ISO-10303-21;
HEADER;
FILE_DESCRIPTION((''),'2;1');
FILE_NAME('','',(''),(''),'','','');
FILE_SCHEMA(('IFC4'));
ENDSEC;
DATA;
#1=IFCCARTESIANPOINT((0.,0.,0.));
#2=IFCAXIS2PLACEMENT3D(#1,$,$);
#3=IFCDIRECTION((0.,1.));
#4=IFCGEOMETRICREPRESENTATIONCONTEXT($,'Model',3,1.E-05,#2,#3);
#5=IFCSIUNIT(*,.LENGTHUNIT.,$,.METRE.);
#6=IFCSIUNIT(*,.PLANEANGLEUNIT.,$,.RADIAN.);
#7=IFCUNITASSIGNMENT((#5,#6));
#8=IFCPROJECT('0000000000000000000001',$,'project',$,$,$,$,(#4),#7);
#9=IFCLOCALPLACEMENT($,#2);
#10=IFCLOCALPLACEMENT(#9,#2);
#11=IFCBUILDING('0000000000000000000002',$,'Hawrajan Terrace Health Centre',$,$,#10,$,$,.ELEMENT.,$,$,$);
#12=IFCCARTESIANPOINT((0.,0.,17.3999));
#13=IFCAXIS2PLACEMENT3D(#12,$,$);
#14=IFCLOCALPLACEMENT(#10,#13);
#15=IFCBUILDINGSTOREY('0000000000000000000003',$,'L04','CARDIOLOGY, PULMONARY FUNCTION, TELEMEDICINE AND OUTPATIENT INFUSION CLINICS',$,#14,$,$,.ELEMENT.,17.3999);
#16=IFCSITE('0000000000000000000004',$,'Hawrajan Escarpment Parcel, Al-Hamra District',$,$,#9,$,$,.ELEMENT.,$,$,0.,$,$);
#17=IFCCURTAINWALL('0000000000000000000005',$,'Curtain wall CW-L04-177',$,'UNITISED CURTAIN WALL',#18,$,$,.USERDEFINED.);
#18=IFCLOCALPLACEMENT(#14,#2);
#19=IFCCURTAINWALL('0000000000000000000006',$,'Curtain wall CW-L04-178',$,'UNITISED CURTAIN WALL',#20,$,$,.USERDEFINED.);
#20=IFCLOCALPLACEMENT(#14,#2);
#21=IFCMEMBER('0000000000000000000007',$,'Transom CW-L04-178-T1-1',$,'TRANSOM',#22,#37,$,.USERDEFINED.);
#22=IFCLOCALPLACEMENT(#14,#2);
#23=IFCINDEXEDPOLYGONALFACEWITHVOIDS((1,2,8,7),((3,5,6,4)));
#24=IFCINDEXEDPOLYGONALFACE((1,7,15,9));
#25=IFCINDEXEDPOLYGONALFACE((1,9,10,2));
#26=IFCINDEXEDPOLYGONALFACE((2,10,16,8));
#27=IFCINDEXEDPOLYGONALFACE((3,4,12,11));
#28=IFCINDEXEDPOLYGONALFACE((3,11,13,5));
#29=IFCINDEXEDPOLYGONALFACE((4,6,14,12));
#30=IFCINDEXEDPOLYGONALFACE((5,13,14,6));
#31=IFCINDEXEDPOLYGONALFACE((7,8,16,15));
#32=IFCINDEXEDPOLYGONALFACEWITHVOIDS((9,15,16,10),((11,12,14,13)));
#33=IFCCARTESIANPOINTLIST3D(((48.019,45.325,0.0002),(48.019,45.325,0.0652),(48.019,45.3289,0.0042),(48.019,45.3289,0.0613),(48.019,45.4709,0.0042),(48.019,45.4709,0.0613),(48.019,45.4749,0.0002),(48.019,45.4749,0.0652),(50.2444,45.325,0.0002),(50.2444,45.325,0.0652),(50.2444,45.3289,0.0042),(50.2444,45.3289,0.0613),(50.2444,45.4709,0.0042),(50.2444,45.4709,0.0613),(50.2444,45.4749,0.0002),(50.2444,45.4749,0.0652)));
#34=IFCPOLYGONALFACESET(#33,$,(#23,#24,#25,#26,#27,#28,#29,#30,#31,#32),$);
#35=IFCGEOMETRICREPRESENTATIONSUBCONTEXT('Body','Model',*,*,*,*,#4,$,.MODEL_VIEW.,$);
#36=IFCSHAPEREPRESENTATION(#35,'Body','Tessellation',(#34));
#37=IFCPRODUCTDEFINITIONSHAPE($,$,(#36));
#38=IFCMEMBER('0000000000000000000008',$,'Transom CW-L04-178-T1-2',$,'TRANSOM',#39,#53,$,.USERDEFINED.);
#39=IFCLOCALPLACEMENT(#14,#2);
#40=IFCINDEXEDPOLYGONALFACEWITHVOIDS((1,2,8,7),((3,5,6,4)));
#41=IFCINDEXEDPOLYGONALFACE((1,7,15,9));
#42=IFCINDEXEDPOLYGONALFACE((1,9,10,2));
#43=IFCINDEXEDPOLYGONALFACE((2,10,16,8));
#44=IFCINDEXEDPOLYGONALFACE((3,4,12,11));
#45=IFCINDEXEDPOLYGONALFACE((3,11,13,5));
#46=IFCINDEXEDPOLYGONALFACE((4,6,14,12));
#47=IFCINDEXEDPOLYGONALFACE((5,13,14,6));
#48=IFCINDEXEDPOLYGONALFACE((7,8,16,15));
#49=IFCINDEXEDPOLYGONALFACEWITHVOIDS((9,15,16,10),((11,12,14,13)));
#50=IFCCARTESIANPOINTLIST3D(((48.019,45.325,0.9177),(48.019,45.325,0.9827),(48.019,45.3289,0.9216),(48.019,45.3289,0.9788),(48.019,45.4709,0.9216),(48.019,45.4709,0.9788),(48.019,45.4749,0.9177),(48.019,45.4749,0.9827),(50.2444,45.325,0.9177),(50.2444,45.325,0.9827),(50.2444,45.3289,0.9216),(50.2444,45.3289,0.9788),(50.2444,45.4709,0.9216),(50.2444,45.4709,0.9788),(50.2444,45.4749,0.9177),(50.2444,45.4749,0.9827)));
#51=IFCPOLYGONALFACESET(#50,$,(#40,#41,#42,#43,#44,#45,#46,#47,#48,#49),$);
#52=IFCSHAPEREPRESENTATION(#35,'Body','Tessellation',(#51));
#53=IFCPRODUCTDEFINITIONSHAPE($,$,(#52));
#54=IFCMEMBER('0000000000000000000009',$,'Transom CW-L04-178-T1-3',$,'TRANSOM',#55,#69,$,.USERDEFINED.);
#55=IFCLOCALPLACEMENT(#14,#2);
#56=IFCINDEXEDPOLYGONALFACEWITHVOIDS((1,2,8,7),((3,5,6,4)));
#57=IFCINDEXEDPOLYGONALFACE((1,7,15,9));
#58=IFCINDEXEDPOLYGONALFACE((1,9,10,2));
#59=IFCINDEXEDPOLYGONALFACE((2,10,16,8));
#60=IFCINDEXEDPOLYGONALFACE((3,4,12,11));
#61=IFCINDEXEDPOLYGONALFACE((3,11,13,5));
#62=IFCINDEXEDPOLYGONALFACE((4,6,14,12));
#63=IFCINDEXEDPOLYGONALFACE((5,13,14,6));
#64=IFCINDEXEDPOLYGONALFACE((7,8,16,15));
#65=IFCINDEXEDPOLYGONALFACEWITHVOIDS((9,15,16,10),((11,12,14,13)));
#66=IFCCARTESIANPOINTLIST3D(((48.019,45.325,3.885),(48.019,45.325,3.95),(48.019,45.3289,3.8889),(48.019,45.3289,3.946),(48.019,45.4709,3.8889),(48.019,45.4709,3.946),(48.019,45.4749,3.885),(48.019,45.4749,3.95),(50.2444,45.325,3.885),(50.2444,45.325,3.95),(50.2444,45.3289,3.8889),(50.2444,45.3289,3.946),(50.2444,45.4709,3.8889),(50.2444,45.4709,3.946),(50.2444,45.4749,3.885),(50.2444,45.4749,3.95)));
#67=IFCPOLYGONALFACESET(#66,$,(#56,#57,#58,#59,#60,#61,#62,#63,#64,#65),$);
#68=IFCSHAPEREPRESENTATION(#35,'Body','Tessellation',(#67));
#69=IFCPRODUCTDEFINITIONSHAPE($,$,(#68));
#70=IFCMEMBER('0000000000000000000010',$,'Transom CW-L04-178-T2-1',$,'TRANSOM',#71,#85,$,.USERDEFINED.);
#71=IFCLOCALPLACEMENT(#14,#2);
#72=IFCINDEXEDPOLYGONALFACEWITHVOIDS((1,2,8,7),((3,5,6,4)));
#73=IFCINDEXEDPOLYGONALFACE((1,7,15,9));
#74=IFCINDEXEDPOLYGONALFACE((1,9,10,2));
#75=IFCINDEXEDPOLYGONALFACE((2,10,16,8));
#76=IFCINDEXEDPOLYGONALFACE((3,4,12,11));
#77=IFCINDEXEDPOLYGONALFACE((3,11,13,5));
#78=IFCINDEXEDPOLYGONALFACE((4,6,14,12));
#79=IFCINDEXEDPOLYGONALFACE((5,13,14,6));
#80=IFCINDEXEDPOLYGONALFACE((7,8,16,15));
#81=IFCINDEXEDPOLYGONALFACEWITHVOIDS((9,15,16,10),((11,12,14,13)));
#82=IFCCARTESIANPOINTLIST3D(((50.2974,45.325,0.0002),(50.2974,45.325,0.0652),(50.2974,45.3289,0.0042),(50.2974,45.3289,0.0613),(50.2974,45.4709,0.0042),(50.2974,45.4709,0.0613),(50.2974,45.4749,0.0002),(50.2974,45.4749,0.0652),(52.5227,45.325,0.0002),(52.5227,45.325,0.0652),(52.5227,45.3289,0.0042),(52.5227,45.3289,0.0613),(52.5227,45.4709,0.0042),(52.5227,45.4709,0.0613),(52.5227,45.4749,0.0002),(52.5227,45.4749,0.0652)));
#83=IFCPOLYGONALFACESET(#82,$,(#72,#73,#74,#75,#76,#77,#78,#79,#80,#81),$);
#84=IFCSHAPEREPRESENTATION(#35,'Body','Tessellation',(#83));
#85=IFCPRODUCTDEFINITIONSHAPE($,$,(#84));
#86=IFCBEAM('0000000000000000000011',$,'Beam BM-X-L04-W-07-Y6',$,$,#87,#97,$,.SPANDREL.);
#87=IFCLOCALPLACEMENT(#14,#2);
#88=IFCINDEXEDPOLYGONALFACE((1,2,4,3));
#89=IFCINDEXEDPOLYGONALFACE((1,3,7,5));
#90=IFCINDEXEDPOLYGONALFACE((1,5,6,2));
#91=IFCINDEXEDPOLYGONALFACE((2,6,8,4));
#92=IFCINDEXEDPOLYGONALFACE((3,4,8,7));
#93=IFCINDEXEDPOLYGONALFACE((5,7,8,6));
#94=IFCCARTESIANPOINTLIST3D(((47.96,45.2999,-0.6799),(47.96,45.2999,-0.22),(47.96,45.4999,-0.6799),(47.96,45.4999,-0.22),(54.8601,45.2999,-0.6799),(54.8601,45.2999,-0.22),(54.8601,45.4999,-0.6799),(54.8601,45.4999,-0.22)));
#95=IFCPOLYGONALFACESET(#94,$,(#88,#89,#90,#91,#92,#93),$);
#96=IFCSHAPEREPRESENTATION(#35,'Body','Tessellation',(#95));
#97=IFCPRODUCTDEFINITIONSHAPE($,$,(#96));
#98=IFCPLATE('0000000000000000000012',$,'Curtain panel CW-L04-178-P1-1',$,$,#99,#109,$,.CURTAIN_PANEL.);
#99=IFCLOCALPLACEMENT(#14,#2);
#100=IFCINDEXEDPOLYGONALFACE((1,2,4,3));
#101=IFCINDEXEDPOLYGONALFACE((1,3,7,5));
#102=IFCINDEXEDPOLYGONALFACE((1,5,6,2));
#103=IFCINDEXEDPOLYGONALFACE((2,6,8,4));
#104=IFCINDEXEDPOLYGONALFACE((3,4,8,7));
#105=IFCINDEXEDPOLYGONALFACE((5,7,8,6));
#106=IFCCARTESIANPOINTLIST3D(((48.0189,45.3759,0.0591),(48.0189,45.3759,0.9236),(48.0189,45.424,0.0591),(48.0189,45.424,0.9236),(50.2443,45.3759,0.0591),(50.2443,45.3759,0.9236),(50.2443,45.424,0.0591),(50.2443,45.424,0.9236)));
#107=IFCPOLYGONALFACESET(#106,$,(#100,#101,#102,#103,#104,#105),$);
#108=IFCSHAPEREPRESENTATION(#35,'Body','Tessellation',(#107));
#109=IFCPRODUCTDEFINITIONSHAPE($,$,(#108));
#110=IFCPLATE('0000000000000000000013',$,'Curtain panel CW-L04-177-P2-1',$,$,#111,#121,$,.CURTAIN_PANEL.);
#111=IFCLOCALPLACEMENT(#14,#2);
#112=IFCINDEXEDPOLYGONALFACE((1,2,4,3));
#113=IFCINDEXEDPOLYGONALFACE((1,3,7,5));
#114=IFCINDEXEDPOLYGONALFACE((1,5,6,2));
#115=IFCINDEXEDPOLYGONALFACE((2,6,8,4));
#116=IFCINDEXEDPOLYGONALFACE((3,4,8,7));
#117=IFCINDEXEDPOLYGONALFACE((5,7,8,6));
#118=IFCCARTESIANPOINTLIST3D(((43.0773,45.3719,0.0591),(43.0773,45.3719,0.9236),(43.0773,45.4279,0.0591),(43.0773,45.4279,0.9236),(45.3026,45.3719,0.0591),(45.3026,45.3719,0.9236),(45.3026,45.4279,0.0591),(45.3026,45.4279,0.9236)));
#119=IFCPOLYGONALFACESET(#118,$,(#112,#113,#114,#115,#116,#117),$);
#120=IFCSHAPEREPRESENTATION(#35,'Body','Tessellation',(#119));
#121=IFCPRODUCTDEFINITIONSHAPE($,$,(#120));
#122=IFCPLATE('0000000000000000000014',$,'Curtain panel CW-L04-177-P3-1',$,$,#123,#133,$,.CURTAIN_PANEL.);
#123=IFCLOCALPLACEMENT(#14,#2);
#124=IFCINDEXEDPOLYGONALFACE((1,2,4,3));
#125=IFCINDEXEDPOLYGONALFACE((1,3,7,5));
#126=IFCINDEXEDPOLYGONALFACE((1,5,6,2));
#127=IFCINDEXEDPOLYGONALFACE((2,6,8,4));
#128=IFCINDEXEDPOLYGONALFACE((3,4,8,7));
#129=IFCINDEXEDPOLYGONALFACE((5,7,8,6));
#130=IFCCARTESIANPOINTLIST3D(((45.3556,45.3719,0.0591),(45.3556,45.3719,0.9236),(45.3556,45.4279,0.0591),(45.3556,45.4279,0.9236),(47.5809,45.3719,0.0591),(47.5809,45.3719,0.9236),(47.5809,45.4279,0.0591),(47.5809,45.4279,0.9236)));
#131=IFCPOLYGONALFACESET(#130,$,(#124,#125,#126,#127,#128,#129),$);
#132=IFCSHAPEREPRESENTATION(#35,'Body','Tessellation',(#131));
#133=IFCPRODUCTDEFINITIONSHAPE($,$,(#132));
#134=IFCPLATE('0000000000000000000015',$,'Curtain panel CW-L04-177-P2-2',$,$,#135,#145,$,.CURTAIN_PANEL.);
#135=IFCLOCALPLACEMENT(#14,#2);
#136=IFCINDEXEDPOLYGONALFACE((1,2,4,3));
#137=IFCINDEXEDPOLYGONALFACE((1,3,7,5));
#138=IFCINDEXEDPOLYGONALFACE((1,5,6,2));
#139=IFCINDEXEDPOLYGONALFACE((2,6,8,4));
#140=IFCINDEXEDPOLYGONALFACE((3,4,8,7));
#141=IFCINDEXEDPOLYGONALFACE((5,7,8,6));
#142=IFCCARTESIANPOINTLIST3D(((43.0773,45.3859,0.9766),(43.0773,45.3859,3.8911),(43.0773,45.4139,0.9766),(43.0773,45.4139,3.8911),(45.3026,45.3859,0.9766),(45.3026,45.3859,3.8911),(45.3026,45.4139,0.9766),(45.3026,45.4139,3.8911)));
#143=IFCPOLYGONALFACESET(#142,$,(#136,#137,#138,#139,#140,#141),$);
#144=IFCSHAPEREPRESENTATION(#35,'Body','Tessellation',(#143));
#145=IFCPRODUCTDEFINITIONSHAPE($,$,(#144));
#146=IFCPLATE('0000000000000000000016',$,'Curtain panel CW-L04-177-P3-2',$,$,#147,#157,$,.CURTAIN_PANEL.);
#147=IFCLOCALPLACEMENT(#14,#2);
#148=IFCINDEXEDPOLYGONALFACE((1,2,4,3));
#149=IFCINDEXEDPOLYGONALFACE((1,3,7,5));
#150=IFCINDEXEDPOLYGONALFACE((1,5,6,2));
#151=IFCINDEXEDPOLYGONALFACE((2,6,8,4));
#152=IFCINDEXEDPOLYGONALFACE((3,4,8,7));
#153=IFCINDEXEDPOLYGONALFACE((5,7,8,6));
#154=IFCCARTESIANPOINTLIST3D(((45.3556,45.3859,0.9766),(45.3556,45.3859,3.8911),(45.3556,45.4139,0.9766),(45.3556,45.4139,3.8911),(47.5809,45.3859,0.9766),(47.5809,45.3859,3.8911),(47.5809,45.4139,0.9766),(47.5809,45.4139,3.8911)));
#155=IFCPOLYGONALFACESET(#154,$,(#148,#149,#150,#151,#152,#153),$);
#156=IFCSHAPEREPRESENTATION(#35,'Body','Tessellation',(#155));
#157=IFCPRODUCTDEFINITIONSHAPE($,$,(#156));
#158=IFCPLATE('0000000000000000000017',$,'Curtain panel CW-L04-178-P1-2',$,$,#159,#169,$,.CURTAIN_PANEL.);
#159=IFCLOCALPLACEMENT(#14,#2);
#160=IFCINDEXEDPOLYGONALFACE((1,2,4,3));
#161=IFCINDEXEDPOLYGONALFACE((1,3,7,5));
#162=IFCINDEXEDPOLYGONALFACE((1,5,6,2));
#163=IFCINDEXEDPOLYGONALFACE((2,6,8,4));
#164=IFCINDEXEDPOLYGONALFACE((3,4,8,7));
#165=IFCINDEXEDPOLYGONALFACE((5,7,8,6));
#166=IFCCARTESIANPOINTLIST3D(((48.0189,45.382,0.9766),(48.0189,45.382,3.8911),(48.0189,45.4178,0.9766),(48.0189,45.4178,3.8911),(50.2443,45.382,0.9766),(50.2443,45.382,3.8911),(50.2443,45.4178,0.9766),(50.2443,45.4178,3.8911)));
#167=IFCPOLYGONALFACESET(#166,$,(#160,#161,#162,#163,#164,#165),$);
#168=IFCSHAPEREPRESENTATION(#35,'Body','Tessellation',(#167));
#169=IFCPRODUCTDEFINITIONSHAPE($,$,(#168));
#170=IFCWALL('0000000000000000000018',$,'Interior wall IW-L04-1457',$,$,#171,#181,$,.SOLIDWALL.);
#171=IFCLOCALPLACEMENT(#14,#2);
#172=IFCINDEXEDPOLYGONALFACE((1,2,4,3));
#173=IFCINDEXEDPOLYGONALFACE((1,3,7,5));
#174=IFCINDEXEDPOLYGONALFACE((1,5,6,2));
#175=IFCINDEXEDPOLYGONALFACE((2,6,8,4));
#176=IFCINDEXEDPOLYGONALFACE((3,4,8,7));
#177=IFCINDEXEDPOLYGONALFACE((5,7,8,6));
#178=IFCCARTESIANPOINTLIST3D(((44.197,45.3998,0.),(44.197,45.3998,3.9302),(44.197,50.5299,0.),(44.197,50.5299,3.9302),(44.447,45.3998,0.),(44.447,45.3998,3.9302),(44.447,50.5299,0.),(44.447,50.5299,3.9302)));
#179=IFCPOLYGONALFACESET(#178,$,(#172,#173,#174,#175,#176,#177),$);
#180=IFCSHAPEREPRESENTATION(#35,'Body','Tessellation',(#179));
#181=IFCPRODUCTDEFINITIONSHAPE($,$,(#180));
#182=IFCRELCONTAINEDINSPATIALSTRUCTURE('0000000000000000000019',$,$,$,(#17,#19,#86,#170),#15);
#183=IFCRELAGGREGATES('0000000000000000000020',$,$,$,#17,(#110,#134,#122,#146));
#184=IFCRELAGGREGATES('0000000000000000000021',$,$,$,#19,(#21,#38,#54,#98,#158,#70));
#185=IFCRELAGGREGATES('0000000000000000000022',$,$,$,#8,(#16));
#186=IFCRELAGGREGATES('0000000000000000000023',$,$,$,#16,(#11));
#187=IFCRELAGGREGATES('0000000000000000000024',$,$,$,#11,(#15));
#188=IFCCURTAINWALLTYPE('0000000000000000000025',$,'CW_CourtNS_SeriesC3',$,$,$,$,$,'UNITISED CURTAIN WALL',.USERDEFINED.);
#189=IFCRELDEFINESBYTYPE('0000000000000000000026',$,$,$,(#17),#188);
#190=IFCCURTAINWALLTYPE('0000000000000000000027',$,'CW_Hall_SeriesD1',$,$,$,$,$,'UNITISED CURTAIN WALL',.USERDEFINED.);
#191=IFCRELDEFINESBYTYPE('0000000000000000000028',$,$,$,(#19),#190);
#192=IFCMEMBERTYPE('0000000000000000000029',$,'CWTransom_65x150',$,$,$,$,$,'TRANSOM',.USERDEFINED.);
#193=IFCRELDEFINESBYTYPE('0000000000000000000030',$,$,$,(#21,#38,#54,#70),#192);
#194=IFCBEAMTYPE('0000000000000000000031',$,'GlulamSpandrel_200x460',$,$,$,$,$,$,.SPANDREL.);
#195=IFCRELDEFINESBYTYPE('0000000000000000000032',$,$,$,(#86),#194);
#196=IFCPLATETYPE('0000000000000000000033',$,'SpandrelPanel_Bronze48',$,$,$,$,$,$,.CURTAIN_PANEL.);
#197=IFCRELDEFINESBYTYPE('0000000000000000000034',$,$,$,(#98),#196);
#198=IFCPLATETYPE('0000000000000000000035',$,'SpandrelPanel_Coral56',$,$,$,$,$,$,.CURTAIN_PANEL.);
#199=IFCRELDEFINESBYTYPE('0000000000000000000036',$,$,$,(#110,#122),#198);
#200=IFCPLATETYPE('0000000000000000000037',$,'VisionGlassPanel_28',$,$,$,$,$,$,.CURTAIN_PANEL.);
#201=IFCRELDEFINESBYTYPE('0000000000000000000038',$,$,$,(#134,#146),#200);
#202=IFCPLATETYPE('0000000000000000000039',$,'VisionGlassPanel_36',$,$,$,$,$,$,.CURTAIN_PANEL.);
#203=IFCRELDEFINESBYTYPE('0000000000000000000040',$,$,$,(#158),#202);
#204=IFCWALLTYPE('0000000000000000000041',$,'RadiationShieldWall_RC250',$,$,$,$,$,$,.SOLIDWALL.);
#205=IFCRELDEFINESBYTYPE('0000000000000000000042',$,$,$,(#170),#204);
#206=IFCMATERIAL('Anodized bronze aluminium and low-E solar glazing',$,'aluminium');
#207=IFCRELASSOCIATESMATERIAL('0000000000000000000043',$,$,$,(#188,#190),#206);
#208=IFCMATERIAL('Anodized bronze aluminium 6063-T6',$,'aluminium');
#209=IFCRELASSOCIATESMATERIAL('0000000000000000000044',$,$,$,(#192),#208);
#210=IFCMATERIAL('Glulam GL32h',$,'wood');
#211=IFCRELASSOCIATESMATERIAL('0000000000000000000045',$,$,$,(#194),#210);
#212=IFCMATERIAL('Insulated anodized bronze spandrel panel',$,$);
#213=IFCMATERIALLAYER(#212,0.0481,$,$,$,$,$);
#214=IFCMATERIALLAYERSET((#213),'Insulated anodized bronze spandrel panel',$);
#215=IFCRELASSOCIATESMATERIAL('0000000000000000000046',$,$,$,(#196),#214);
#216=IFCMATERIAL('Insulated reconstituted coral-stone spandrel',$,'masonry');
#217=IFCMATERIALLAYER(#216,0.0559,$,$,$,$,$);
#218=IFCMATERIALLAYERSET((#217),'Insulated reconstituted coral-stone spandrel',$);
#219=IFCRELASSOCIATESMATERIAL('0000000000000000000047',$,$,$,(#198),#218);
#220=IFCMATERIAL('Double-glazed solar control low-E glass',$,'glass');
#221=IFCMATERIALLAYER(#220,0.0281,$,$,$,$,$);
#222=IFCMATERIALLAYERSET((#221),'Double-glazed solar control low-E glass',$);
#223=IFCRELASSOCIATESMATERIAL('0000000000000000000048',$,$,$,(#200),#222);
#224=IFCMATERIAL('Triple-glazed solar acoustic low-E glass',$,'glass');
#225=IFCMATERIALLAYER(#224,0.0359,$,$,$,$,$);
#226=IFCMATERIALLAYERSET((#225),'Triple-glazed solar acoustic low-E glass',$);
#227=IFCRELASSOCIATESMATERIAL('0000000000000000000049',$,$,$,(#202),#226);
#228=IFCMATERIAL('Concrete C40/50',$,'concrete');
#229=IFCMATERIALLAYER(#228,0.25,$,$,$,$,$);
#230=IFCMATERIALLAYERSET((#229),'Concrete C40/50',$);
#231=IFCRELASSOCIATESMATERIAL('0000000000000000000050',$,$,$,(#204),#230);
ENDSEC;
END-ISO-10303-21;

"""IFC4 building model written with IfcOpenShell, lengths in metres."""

from ifc_helpers import new_model, si_unit, direction, frame, frame_2d, origin, origin_2d, place, context, subcontext, project, spatial, rectangle, hollow_rectangle, extrude, material, layer, layer_set, material_profile, profile_set, type_object, element, aggregate, save


model = new_model("IFC4")

# Units and contexts
model_context = context("Model", 3, precision=1e-05, world=origin(), true_north=direction((0.0, 1.0)))
body_context = subcontext(model_context, "Body", "Model", "MODEL_VIEW")
ifc_project = project(units=[si_unit("LENGTHUNIT", "METRE"), si_unit("PLANEANGLEUNIT", "RADIAN")], contexts=[model_context])

# Site, building, storey
site_placement = place(None, origin())
site = spatial("IfcSite", under=ifc_project, at=site_placement, Name="Hawrajan Escarpment Parcel, Al-Hamra District", CompositionType="ELEMENT", RefElevation=0.0)
building_placement = place(site_placement, origin())
building = spatial("IfcBuilding", under=site, at=building_placement, Name="Hawrajan Terrace Health Centre", CompositionType="ELEMENT")
storey_placement = place(building_placement, frame((0.0, 0.0, 17.3999)))
storey = spatial("IfcBuildingStorey", under=building, at=storey_placement, Name="L04", Description="CARDIOLOGY, PULMONARY FUNCTION, TELEMEDICINE AND OUTPATIENT INFUSION CLINICS", CompositionType="ELEMENT", Elevation=17.3999)

# Shared definitions
ifc_material_1 = material(Name="Glulam GL32h", Category="wood")

# Curtain walls
ifc_material_2 = material(Name="Anodized bronze aluminium and low-E solar glazing", Category="aluminium")
curtain_wall_type_1 = type_object("IfcCurtainWallType", Name="CW_CourtNS_SeriesC3", ElementType="UNITISED CURTAIN WALL", PredefinedType="USERDEFINED", material=ifc_material_2)
curtain_wall_1_placement = place(storey_placement, origin())
curtain_wall_1 = element("IfcCurtainWall", 1, at=curtain_wall_1_placement, inside=storey, type_object=curtain_wall_type_1, Name="Curtain wall CW-L04-177", ObjectType="UNITISED CURTAIN WALL", PredefinedType="USERDEFINED")
ifc_material_3 = material(Name="Anodized bronze aluminium 6063-T6", Category="aluminium")
curtain_wall_type_2 = type_object("IfcCurtainWallType", Name="CW_Hall_SeriesD1", ElementType="UNITISED CURTAIN WALL", PredefinedType="USERDEFINED", material=ifc_material_2)
curtain_wall_2_placement = place(storey_placement, origin())
curtain_wall_2 = element("IfcCurtainWall", 2, at=curtain_wall_2_placement, inside=storey, type_object=curtain_wall_type_2, Name="Curtain wall CW-L04-178", ObjectType="UNITISED CURTAIN WALL", PredefinedType="USERDEFINED")

# Members
ifc_material_profile_1 = material_profile(ifc_material_3, hollow_rectangle(XDim=0.0649, YDim=0.1499, WallThickness=0.0039, at=origin_2d()), Name="CW TRN 65x150")
ifc_profile_set_1 = profile_set([ifc_material_profile_1], Name="Anodized bronze aluminium 6063-T6")
member_type_1 = type_object("IfcMemberType", Name="CWTransom_65x150", ElementType="TRANSOM", PredefinedType="USERDEFINED", material=ifc_profile_set_1)
member_1_placement = place(storey_placement, frame((48.019, 45.3999, 0.0327), z_axis=(1.0, 0.0, 0.0), x_axis=(0.0, 0.0, 1.0)))
member_1 = element("IfcMember", 3, at=member_1_placement, type_object=member_type_1, Name="Transom CW-L04-178-T1-1", ObjectType="TRANSOM", PredefinedType="USERDEFINED", context=body_context, shape_type="SweptSolid", body=[
    extrude(hollow_rectangle(XDim=0.0649, YDim=0.1499, WallThickness=0.0039, at=origin_2d()), origin(), (0.0, 0.0, 1.0), 2.2253),
])
member_2_placement = place(storey_placement, frame((48.019, 45.3999, 0.9502), z_axis=(1.0, 0.0, 0.0), x_axis=(0.0, 0.0, 1.0)))
member_2 = element("IfcMember", 4, at=member_2_placement, type_object=member_type_1, Name="Transom CW-L04-178-T1-2", ObjectType="TRANSOM", PredefinedType="USERDEFINED", context=body_context, shape_type="SweptSolid", body=[
    extrude(hollow_rectangle(XDim=0.0649, YDim=0.1499, WallThickness=0.0039, at=origin_2d()), origin(), (0.0, 0.0, 1.0), 2.2253),
])
member_3_placement = place(storey_placement, frame((48.019, 45.3999, 3.9175), z_axis=(1.0, 0.0, 0.0), x_axis=(0.0, 0.0, 1.0)))
member_3 = element("IfcMember", 5, at=member_3_placement, type_object=member_type_1, Name="Transom CW-L04-178-T1-3", ObjectType="TRANSOM", PredefinedType="USERDEFINED", context=body_context, shape_type="SweptSolid", body=[
    extrude(hollow_rectangle(XDim=0.0649, YDim=0.1499, WallThickness=0.0039, at=origin_2d()), origin(), (0.0, 0.0, 1.0), 2.2253),
])
member_4_placement = place(storey_placement, frame((50.2974, 45.3999, 0.0327), z_axis=(1.0, 0.0, 0.0), x_axis=(0.0, 0.0, 1.0)))
member_4 = element("IfcMember", 6, at=member_4_placement, type_object=member_type_1, Name="Transom CW-L04-178-T2-1", ObjectType="TRANSOM", PredefinedType="USERDEFINED", context=body_context, shape_type="SweptSolid", body=[
    extrude(hollow_rectangle(XDim=0.0649, YDim=0.1499, WallThickness=0.0039, at=origin_2d()), origin(), (0.0, 0.0, 1.0), 2.2253),
])

# Beam
ifc_material_profile_2 = material_profile(ifc_material_1, rectangle(XDim=0.2, YDim=0.46, at=origin_2d()), Name="GL SP 200x460")
ifc_profile_set_2 = profile_set([ifc_material_profile_2], Name="Glulam GL32h")
beam_type = type_object("IfcBeamType", Name="GlulamSpandrel_200x460", PredefinedType="SPANDREL", material=ifc_profile_set_2)
beam_placement = place(storey_placement, frame((47.96, 45.3999, -0.45), z_axis=(1.0, 0.0, 0.0), x_axis=(0.0, 1.0, 0.0)))
element("IfcBeam", 7, at=beam_placement, inside=storey, type_object=beam_type, Name="Beam BM-X-L04-W-07-Y6", PredefinedType="SPANDREL", context=body_context, shape_type="SweptSolid", body=[
    extrude(rectangle(XDim=0.2, YDim=0.46, at=origin_2d()), origin(), (0.0, 0.0, 1.0), 6.9001),
])

# Plates
ifc_material_4 = material(Name="Insulated anodized bronze spandrel panel")
ifc_layer_1 = layer(ifc_material_4, 0.0481)
ifc_layer_set_1 = layer_set([ifc_layer_1], Name="Insulated anodized bronze spandrel panel")
plate_type_1 = type_object("IfcPlateType", Name="SpandrelPanel_Bronze48", PredefinedType="CURTAIN_PANEL", material=ifc_layer_set_1)
plate_1_placement = place(storey_placement, frame((49.1316, 45.3999, 0.0591), z_axis=(0.0, 0.0, 1.0), x_axis=(1.0, 0.0, 0.0)))
plate_1 = element("IfcPlate", 8, at=plate_1_placement, type_object=plate_type_1, Name="Curtain panel CW-L04-178-P1-1", PredefinedType="CURTAIN_PANEL", context=body_context, shape_type="SweptSolid", body=[
    extrude(rectangle(XDim=2.2253, YDim=0.0481, at=origin_2d()), origin(), (0.0, 0.0, 1.0), 0.8645),
])
ifc_material_5 = material(Name="Insulated reconstituted coral-stone spandrel", Category="masonry")
ifc_layer_2 = layer(ifc_material_5, 0.0559)
ifc_layer_set_2 = layer_set([ifc_layer_2], Name="Insulated reconstituted coral-stone spandrel")
plate_type_2 = type_object("IfcPlateType", Name="SpandrelPanel_Coral56", PredefinedType="CURTAIN_PANEL", material=ifc_layer_set_2)
plate_2_placement = place(storey_placement, frame((44.1899, 45.3999, 0.0591), z_axis=(0.0, 0.0, 1.0), x_axis=(1.0, 0.0, 0.0)))
plate_2 = element("IfcPlate", 9, at=plate_2_placement, type_object=plate_type_2, Name="Curtain panel CW-L04-177-P2-1", PredefinedType="CURTAIN_PANEL", context=body_context, shape_type="SweptSolid", body=[
    extrude(rectangle(XDim=2.2253, YDim=0.0559, at=origin_2d()), origin(), (0.0, 0.0, 1.0), 0.8645),
])
plate_3_placement = place(storey_placement, frame((46.4683, 45.3999, 0.0591), z_axis=(0.0, 0.0, 1.0), x_axis=(1.0, 0.0, 0.0)))
plate_3 = element("IfcPlate", 10, at=plate_3_placement, type_object=plate_type_2, Name="Curtain panel CW-L04-177-P3-1", PredefinedType="CURTAIN_PANEL", context=body_context, shape_type="SweptSolid", body=[
    extrude(rectangle(XDim=2.2253, YDim=0.0559, at=origin_2d()), origin(), (0.0, 0.0, 1.0), 0.8645),
])
ifc_material_6 = material(Name="Double-glazed solar control low-E glass", Category="glass")
ifc_layer_3 = layer(ifc_material_6, 0.0281)
ifc_layer_set_3 = layer_set([ifc_layer_3], Name="Double-glazed solar control low-E glass")
plate_type_3 = type_object("IfcPlateType", Name="VisionGlassPanel_28", PredefinedType="CURTAIN_PANEL", material=ifc_layer_set_3)
plate_4_placement = place(storey_placement, frame((44.1899, 45.3999, 0.9766), z_axis=(0.0, 0.0, 1.0), x_axis=(1.0, 0.0, 0.0)))
plate_4 = element("IfcPlate", 11, at=plate_4_placement, type_object=plate_type_3, Name="Curtain panel CW-L04-177-P2-2", PredefinedType="CURTAIN_PANEL", context=body_context, shape_type="SweptSolid", body=[
    extrude(rectangle(XDim=2.2253, YDim=0.0281, at=origin_2d()), origin(), (0.0, 0.0, 1.0), 2.9146),
])
plate_5_placement = place(storey_placement, frame((46.4683, 45.3999, 0.9766), z_axis=(0.0, 0.0, 1.0), x_axis=(1.0, 0.0, 0.0)))
plate_5 = element("IfcPlate", 12, at=plate_5_placement, type_object=plate_type_3, Name="Curtain panel CW-L04-177-P3-2", PredefinedType="CURTAIN_PANEL", context=body_context, shape_type="SweptSolid", body=[
    extrude(rectangle(XDim=2.2253, YDim=0.0281, at=origin_2d()), origin(), (0.0, 0.0, 1.0), 2.9146),
])
aggregate(curtain_wall_1, [plate_2, plate_4, plate_3, plate_5])
ifc_material_7 = material(Name="Triple-glazed solar acoustic low-E glass", Category="glass")
ifc_layer_4 = layer(ifc_material_7, 0.0359)
ifc_layer_set_4 = layer_set([ifc_layer_4], Name="Triple-glazed solar acoustic low-E glass")
plate_type_4 = type_object("IfcPlateType", Name="VisionGlassPanel_36", PredefinedType="CURTAIN_PANEL", material=ifc_layer_set_4)
plate_6_placement = place(storey_placement, frame((49.1316, 45.3999, 0.9766), z_axis=(0.0, 0.0, 1.0), x_axis=(1.0, 0.0, 0.0)))
plate_6 = element("IfcPlate", 13, at=plate_6_placement, type_object=plate_type_4, Name="Curtain panel CW-L04-178-P1-2", PredefinedType="CURTAIN_PANEL", context=body_context, shape_type="SweptSolid", body=[
    extrude(rectangle(XDim=2.2253, YDim=0.0359, at=origin_2d()), origin(), (0.0, 0.0, 1.0), 2.9146),
])
aggregate(curtain_wall_2, [member_1, member_2, member_3, plate_1, plate_6, member_4])

# Wall
ifc_material_8 = material(Name="Concrete C40/50", Category="concrete")
ifc_layer_5 = layer(ifc_material_8, 0.25)
ifc_layer_set_5 = layer_set([ifc_layer_5], Name="Concrete C40/50")
wall_type = type_object("IfcWallType", Name="RadiationShieldWall_RC250", PredefinedType="SOLIDWALL", material=ifc_layer_set_5)
wall_placement = place(storey_placement, frame((44.322, 45.3999, 0.0), z_axis=(0.0, 0.0, 1.0), x_axis=(0.0, 1.0, 0.0)))
element("IfcWall", 14, at=wall_placement, inside=storey, type_object=wall_type, Name="Interior wall IW-L04-1457", PredefinedType="SOLIDWALL", context=body_context, shape_type="SweptSolid", body=[
    extrude(rectangle(XDim=5.1301, YDim=0.25, at=frame_2d((2.5649, 0.0))), origin(), (0.0, 0.0, 1.0), 3.9302),
])

save(model, "model.ifc")
